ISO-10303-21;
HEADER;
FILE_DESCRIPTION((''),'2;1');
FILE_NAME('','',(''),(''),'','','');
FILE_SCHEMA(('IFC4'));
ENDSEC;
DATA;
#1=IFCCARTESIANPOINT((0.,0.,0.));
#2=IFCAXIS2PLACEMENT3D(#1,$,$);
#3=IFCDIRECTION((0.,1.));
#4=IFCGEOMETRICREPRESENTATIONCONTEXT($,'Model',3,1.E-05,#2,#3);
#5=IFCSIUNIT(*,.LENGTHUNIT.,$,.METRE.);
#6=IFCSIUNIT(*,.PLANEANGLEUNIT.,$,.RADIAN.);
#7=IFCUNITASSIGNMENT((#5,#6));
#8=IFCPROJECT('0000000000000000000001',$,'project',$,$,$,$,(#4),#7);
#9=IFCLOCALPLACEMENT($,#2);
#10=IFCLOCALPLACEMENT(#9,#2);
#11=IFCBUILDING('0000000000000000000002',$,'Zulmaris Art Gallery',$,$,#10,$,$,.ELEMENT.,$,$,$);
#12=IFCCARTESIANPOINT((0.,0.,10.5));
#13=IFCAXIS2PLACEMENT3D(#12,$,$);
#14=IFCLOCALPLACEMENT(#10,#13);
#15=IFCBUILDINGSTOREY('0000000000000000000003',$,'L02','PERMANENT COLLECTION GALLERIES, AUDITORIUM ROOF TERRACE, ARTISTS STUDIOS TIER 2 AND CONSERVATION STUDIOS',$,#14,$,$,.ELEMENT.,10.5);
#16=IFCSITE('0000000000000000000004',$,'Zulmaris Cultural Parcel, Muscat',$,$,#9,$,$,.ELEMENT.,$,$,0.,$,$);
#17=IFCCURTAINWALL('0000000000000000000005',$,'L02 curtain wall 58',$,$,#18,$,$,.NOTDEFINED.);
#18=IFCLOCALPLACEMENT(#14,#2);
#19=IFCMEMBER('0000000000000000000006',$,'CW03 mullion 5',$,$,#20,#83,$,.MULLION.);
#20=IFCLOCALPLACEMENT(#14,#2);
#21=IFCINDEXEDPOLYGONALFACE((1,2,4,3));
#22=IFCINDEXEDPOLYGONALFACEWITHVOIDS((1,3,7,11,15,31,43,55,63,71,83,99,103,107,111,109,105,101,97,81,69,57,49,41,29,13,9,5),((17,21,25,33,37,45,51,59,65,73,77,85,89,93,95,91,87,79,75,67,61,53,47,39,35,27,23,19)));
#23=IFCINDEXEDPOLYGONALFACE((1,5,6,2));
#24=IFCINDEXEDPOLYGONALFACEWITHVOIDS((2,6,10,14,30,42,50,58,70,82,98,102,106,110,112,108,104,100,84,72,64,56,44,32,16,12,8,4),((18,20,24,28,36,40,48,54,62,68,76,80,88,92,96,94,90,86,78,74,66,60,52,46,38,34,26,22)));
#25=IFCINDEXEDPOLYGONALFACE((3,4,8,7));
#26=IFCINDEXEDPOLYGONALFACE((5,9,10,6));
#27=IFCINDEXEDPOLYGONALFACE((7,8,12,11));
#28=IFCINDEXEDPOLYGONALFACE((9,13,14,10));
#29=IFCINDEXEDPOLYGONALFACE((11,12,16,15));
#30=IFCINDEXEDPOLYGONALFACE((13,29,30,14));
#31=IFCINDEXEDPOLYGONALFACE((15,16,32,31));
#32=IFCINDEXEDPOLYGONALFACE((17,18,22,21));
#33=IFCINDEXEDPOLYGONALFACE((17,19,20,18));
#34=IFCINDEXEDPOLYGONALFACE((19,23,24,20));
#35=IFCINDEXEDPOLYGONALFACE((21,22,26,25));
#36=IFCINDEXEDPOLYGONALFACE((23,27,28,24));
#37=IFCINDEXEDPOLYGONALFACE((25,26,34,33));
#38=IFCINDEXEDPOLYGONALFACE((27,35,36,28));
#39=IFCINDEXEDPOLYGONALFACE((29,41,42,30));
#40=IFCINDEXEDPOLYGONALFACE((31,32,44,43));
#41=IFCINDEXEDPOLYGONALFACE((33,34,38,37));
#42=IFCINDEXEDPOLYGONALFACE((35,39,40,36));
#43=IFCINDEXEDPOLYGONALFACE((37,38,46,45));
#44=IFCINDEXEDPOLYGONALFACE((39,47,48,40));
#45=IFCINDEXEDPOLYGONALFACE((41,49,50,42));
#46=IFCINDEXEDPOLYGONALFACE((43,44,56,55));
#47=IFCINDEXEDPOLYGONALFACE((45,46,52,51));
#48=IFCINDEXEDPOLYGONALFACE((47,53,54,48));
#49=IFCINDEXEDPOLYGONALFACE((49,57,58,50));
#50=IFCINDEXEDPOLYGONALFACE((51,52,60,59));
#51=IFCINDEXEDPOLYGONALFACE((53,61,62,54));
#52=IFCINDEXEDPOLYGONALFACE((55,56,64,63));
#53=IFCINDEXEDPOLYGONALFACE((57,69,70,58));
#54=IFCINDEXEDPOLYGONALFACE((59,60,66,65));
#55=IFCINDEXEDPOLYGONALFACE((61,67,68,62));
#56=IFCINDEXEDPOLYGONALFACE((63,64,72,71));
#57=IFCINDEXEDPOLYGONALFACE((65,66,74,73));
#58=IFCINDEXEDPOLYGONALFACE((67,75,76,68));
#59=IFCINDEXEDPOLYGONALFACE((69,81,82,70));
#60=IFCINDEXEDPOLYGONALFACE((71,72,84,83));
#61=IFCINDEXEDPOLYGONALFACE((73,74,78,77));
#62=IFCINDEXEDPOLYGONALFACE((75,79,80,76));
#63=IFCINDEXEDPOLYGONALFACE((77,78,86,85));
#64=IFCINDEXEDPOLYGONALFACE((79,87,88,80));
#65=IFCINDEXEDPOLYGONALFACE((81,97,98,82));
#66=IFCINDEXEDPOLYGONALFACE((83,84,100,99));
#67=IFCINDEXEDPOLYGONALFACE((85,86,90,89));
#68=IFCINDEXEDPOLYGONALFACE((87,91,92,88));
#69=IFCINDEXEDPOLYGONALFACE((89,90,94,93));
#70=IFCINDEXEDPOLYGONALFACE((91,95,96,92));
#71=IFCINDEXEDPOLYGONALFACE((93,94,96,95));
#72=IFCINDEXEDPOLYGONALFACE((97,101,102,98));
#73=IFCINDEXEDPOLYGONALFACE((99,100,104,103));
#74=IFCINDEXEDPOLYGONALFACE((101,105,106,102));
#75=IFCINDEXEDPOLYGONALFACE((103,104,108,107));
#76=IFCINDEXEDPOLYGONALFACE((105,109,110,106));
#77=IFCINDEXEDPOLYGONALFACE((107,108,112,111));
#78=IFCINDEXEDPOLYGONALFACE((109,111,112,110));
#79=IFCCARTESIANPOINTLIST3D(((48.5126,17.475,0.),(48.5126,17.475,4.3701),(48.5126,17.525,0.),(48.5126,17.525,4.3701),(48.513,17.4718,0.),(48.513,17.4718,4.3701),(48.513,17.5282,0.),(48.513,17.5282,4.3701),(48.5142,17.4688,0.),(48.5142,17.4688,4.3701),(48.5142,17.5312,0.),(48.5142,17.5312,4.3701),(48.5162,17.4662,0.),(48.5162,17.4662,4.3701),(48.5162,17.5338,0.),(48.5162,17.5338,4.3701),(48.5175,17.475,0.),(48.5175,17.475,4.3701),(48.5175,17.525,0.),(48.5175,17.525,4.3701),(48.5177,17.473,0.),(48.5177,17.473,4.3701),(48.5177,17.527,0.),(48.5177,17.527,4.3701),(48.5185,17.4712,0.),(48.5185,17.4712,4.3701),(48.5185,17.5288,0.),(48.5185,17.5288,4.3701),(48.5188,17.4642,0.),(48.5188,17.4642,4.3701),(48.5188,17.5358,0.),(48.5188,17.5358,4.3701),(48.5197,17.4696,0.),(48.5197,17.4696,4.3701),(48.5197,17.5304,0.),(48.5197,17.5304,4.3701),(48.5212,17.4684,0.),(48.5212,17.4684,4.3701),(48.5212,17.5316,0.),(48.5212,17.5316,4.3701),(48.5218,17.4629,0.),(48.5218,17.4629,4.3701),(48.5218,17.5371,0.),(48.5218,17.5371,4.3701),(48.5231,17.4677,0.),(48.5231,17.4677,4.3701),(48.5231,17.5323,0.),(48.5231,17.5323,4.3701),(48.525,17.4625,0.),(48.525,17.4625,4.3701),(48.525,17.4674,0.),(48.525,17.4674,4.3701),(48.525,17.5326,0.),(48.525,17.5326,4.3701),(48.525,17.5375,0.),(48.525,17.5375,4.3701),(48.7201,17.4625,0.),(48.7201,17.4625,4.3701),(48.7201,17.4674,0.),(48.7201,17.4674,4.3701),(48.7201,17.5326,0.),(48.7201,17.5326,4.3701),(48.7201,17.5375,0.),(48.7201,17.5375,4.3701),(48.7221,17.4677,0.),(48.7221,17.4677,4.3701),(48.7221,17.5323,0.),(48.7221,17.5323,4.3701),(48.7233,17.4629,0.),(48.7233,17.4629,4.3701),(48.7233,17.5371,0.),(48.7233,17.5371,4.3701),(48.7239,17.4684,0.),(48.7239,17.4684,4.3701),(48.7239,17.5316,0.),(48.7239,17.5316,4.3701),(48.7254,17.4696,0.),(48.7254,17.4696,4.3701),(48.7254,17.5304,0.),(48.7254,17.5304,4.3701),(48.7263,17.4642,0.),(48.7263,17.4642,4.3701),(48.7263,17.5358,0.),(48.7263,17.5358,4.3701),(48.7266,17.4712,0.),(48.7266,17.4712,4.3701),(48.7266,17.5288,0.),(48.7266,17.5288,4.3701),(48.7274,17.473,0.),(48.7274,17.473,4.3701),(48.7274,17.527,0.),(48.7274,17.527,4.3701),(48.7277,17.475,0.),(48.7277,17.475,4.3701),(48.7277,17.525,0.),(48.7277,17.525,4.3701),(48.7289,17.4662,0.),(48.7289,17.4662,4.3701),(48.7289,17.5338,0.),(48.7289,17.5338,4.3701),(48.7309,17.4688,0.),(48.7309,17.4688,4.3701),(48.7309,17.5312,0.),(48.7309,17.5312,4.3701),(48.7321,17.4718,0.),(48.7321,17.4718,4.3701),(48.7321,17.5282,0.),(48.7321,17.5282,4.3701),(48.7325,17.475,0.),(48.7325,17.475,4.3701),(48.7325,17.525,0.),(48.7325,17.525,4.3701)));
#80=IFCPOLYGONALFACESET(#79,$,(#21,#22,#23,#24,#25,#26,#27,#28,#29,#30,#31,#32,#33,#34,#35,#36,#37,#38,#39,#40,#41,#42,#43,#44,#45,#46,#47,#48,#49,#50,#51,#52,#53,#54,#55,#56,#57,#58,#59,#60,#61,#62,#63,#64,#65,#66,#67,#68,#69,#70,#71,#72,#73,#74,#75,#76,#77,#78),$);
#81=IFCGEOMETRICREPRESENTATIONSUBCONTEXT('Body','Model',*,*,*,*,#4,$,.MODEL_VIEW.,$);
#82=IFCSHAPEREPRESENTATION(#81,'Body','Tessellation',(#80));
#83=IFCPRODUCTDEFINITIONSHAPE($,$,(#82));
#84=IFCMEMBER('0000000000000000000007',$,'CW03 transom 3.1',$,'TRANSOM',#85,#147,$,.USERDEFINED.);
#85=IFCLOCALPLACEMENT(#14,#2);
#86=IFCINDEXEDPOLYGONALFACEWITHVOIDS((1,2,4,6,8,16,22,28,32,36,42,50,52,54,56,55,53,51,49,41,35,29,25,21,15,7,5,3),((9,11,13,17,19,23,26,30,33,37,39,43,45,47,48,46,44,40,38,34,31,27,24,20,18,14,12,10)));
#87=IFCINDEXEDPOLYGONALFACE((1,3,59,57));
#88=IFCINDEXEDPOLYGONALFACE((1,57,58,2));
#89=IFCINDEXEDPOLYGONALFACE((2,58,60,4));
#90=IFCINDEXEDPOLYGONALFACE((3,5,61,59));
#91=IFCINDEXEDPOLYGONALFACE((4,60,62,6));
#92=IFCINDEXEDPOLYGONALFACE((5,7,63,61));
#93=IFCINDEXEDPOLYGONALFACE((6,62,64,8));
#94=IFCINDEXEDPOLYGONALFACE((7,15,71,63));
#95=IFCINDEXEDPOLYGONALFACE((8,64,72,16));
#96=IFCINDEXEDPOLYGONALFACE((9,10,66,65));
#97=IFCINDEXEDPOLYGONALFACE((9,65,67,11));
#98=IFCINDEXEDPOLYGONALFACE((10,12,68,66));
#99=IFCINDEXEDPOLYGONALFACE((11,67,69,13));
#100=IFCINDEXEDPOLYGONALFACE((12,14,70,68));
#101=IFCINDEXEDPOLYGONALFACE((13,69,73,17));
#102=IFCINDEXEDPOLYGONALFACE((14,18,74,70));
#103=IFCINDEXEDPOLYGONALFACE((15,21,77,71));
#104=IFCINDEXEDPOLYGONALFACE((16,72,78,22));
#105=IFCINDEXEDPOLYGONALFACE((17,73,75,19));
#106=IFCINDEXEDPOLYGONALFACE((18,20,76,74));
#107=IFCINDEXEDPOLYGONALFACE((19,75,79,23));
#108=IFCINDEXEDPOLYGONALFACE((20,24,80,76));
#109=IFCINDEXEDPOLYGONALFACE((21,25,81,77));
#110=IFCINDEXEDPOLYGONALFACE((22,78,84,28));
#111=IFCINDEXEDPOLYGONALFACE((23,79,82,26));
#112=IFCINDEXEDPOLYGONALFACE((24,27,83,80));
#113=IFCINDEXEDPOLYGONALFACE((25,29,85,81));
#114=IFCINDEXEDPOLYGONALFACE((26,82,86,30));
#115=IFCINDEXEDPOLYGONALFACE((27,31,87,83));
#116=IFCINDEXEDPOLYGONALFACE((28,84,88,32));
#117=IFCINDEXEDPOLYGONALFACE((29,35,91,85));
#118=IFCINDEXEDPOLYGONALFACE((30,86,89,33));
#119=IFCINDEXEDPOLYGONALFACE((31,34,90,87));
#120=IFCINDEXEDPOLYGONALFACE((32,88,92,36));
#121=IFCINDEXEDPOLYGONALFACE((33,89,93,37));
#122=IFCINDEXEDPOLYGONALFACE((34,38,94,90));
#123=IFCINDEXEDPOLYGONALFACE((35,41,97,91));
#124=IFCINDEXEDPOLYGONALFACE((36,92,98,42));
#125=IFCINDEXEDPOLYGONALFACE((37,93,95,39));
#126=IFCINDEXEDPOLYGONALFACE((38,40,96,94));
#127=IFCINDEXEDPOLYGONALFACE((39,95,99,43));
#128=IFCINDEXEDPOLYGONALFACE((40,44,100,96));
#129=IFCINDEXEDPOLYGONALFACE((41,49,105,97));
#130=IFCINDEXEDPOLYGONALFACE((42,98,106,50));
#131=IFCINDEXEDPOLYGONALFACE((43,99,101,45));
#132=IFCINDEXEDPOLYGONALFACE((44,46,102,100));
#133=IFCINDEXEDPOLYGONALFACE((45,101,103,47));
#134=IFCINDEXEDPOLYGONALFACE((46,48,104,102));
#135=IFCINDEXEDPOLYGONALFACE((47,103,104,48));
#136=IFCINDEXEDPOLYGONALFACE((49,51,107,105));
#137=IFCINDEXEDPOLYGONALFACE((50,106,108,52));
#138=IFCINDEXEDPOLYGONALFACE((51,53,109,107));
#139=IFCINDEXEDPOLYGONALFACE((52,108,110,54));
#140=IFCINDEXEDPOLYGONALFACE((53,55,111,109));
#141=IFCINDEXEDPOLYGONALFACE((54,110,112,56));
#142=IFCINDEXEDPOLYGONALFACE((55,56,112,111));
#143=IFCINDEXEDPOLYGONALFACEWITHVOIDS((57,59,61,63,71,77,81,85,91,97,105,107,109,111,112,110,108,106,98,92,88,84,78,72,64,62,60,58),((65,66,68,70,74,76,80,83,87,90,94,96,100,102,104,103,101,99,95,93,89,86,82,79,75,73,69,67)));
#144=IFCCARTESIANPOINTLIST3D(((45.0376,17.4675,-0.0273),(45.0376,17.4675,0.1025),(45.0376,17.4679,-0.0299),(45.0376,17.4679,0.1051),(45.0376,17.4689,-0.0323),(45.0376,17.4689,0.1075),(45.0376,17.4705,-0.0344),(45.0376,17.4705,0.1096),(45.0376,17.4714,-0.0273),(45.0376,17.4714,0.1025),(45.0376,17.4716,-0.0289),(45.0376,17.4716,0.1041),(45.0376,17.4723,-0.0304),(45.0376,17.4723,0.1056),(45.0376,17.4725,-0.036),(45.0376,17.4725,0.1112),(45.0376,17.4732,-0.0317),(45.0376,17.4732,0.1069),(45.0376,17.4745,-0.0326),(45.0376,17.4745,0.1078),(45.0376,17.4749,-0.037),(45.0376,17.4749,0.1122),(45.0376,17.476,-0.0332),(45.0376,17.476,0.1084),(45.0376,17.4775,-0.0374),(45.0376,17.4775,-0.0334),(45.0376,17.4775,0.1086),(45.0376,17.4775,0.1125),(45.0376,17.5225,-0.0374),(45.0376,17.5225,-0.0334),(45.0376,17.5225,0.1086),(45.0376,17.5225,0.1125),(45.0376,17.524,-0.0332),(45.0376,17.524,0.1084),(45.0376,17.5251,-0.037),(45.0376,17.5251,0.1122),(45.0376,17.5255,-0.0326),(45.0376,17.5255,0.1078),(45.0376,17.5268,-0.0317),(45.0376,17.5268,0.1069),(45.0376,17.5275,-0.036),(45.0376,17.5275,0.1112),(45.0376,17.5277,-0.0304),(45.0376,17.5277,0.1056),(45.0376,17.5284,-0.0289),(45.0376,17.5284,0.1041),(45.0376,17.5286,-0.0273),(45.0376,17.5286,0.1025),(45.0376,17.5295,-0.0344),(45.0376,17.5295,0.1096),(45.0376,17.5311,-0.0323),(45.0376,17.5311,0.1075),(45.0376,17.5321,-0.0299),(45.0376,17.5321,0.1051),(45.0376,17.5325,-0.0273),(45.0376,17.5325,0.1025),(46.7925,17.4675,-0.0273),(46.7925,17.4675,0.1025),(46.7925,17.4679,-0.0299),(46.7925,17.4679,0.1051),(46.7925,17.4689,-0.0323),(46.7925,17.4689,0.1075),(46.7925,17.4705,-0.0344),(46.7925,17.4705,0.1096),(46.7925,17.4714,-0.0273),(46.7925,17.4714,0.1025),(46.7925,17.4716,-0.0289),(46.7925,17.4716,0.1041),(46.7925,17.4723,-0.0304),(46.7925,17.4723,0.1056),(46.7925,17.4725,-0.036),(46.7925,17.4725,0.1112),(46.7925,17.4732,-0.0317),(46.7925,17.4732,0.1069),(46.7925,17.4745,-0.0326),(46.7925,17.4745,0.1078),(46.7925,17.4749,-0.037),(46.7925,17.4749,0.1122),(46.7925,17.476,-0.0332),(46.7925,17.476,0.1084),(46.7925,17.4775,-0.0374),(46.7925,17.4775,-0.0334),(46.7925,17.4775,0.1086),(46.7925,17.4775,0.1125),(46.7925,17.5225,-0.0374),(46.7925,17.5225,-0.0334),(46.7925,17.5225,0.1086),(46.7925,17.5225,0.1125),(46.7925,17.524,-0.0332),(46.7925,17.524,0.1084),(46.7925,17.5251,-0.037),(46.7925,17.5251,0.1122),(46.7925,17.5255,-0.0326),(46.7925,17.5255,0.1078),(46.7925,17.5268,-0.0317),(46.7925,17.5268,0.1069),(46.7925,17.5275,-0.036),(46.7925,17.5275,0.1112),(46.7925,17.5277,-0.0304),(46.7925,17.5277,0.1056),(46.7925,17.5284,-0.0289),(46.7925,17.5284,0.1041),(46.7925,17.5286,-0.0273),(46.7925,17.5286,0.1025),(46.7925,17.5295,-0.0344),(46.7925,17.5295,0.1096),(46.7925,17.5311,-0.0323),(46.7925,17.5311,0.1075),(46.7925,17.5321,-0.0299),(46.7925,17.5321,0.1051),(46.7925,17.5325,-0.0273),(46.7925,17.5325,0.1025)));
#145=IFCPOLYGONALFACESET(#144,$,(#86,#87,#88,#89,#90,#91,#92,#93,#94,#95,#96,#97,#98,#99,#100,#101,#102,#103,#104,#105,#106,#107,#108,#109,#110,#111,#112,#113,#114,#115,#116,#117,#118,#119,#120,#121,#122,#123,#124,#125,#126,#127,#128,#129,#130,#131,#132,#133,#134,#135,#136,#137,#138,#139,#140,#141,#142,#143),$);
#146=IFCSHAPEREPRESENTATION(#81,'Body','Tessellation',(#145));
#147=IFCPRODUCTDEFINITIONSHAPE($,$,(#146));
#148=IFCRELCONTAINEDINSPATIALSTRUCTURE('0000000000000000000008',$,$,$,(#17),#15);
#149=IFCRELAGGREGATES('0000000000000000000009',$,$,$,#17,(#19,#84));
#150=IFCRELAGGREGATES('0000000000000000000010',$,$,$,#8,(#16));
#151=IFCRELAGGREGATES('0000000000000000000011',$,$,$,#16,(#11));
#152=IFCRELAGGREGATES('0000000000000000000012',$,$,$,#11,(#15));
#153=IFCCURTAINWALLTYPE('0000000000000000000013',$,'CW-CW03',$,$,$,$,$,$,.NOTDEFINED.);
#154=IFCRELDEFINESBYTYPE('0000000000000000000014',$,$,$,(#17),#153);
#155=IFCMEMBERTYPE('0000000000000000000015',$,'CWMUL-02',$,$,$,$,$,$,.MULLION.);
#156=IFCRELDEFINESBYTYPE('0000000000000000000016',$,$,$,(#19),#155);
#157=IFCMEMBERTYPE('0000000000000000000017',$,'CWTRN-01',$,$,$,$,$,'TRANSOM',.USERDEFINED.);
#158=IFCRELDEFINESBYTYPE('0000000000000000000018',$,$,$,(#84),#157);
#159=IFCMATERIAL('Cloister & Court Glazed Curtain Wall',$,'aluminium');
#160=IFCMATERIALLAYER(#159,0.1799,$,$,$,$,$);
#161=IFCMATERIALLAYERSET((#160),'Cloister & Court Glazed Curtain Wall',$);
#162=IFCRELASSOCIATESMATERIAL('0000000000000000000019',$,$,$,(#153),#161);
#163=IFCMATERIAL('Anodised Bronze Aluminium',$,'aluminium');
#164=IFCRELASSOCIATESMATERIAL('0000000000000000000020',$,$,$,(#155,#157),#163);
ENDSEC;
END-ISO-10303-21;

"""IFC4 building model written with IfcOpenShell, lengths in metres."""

from ifc_helpers import new_model, si_unit, direction, frame, origin, origin_2d, place, context, subcontext, project, spatial, hollow_rectangle, extrude, material, layer, layer_set, material_profile, profile_set, type_object, element, aggregate, save


model = new_model("IFC4")

# Units and contexts
model_context = context("Model", 3, precision=1e-05, world=origin(), true_north=direction((0.0, 1.0)))
body_context = subcontext(model_context, "Body", "Model", "MODEL_VIEW")
ifc_project = project(units=[si_unit("LENGTHUNIT", "METRE"), si_unit("PLANEANGLEUNIT", "RADIAN")], contexts=[model_context])

# Site, building, storey
site_placement = place(None, origin())
site = spatial("IfcSite", under=ifc_project, at=site_placement, Name="Zulmaris Cultural Parcel, Muscat", CompositionType="ELEMENT", RefElevation=0.0)
building_placement = place(site_placement, origin())
building = spatial("IfcBuilding", under=site, at=building_placement, Name="Zulmaris Art Gallery", CompositionType="ELEMENT")
storey_placement = place(building_placement, frame((0.0, 0.0, 10.5)))
storey = spatial("IfcBuildingStorey", under=building, at=storey_placement, Name="L02", Description="PERMANENT COLLECTION GALLERIES, AUDITORIUM ROOF TERRACE, ARTISTS STUDIOS TIER 2 AND CONSERVATION STUDIOS", CompositionType="ELEMENT", Elevation=10.5)

# Curtain wall, members
ifc_material_1 = material(Name="Cloister & Court Glazed Curtain Wall", Category="aluminium")
ifc_layer_1 = layer(ifc_material_1, 0.1799)
ifc_layer_set_1 = layer_set([ifc_layer_1], Name="Cloister & Court Glazed Curtain Wall")
curtain_wall_type = type_object("IfcCurtainWallType", Name="CW-CW03", PredefinedType="NOTDEFINED", material=ifc_layer_set_1)
curtain_wall_placement = place(storey_placement, origin())
curtain_wall = element("IfcCurtainWall", 1, at=curtain_wall_placement, inside=storey, type_object=curtain_wall_type, Name="L02 curtain wall 58", PredefinedType="NOTDEFINED")
ifc_material_2 = material(Name="Anodised Bronze Aluminium", Category="aluminium")
ifc_material_profile_1 = material_profile(ifc_material_2, hollow_rectangle(XDim=0.075, YDim=0.22, WallThickness=0.0049, InnerFilletRadius=0.0076, OuterFilletRadius=0.0125, at=origin_2d()), Name="ALU 75x220x5")
ifc_profile_set_1 = profile_set([ifc_material_profile_1], Name="Anodised Bronze Aluminium")
member_type_1 = type_object("IfcMemberType", Name="CWMUL-02", PredefinedType="MULLION", material=ifc_profile_set_1)
member_1_placement = place(storey_placement, frame((48.6226, 17.5, 0.0), z_axis=(0.0, 0.0, 1.0), x_axis=(0.0, 1.0, 0.0)))
member_1 = element("IfcMember", 2, at=member_1_placement, type_object=member_type_1, Name="CW03 mullion 5", PredefinedType="MULLION", context=body_context, shape_type="SweptSolid", body=[
    extrude(hollow_rectangle(XDim=0.075, YDim=0.22, WallThickness=0.0049, InnerFilletRadius=0.0076, OuterFilletRadius=0.0125, at=origin_2d()), origin(), (0.0, 0.0, 1.0), 4.3701),
])
ifc_material_profile_2 = material_profile(ifc_material_2, hollow_rectangle(XDim=0.0649, YDim=0.1499, WallThickness=0.0039, InnerFilletRadius=0.0061, OuterFilletRadius=0.01, at=origin_2d()), Name="ALU 65x150x4")
ifc_profile_set_2 = profile_set([ifc_material_profile_2], Name="Anodised Bronze Aluminium")
member_type_2 = type_object("IfcMemberType", Name="CWTRN-01", ElementType="TRANSOM", PredefinedType="USERDEFINED", material=ifc_profile_set_2)
member_2_placement = place(storey_placement, frame((45.0376, 17.5, 0.0376), z_axis=(1.0, 0.0, 0.0), x_axis=(0.0, 1.0, 0.0)))
member_2 = element("IfcMember", 3, at=member_2_placement, type_object=member_type_2, Name="CW03 transom 3.1", ObjectType="TRANSOM", PredefinedType="USERDEFINED", context=body_context, shape_type="SweptSolid", body=[
    extrude(hollow_rectangle(XDim=0.0649, YDim=0.1499, WallThickness=0.0039, InnerFilletRadius=0.0061, OuterFilletRadius=0.01, at=origin_2d()), origin(), (0.0, 0.0, 1.0), 1.7549),
])
aggregate(curtain_wall, [member_1, member_2])

save(model, "model.ifc")
